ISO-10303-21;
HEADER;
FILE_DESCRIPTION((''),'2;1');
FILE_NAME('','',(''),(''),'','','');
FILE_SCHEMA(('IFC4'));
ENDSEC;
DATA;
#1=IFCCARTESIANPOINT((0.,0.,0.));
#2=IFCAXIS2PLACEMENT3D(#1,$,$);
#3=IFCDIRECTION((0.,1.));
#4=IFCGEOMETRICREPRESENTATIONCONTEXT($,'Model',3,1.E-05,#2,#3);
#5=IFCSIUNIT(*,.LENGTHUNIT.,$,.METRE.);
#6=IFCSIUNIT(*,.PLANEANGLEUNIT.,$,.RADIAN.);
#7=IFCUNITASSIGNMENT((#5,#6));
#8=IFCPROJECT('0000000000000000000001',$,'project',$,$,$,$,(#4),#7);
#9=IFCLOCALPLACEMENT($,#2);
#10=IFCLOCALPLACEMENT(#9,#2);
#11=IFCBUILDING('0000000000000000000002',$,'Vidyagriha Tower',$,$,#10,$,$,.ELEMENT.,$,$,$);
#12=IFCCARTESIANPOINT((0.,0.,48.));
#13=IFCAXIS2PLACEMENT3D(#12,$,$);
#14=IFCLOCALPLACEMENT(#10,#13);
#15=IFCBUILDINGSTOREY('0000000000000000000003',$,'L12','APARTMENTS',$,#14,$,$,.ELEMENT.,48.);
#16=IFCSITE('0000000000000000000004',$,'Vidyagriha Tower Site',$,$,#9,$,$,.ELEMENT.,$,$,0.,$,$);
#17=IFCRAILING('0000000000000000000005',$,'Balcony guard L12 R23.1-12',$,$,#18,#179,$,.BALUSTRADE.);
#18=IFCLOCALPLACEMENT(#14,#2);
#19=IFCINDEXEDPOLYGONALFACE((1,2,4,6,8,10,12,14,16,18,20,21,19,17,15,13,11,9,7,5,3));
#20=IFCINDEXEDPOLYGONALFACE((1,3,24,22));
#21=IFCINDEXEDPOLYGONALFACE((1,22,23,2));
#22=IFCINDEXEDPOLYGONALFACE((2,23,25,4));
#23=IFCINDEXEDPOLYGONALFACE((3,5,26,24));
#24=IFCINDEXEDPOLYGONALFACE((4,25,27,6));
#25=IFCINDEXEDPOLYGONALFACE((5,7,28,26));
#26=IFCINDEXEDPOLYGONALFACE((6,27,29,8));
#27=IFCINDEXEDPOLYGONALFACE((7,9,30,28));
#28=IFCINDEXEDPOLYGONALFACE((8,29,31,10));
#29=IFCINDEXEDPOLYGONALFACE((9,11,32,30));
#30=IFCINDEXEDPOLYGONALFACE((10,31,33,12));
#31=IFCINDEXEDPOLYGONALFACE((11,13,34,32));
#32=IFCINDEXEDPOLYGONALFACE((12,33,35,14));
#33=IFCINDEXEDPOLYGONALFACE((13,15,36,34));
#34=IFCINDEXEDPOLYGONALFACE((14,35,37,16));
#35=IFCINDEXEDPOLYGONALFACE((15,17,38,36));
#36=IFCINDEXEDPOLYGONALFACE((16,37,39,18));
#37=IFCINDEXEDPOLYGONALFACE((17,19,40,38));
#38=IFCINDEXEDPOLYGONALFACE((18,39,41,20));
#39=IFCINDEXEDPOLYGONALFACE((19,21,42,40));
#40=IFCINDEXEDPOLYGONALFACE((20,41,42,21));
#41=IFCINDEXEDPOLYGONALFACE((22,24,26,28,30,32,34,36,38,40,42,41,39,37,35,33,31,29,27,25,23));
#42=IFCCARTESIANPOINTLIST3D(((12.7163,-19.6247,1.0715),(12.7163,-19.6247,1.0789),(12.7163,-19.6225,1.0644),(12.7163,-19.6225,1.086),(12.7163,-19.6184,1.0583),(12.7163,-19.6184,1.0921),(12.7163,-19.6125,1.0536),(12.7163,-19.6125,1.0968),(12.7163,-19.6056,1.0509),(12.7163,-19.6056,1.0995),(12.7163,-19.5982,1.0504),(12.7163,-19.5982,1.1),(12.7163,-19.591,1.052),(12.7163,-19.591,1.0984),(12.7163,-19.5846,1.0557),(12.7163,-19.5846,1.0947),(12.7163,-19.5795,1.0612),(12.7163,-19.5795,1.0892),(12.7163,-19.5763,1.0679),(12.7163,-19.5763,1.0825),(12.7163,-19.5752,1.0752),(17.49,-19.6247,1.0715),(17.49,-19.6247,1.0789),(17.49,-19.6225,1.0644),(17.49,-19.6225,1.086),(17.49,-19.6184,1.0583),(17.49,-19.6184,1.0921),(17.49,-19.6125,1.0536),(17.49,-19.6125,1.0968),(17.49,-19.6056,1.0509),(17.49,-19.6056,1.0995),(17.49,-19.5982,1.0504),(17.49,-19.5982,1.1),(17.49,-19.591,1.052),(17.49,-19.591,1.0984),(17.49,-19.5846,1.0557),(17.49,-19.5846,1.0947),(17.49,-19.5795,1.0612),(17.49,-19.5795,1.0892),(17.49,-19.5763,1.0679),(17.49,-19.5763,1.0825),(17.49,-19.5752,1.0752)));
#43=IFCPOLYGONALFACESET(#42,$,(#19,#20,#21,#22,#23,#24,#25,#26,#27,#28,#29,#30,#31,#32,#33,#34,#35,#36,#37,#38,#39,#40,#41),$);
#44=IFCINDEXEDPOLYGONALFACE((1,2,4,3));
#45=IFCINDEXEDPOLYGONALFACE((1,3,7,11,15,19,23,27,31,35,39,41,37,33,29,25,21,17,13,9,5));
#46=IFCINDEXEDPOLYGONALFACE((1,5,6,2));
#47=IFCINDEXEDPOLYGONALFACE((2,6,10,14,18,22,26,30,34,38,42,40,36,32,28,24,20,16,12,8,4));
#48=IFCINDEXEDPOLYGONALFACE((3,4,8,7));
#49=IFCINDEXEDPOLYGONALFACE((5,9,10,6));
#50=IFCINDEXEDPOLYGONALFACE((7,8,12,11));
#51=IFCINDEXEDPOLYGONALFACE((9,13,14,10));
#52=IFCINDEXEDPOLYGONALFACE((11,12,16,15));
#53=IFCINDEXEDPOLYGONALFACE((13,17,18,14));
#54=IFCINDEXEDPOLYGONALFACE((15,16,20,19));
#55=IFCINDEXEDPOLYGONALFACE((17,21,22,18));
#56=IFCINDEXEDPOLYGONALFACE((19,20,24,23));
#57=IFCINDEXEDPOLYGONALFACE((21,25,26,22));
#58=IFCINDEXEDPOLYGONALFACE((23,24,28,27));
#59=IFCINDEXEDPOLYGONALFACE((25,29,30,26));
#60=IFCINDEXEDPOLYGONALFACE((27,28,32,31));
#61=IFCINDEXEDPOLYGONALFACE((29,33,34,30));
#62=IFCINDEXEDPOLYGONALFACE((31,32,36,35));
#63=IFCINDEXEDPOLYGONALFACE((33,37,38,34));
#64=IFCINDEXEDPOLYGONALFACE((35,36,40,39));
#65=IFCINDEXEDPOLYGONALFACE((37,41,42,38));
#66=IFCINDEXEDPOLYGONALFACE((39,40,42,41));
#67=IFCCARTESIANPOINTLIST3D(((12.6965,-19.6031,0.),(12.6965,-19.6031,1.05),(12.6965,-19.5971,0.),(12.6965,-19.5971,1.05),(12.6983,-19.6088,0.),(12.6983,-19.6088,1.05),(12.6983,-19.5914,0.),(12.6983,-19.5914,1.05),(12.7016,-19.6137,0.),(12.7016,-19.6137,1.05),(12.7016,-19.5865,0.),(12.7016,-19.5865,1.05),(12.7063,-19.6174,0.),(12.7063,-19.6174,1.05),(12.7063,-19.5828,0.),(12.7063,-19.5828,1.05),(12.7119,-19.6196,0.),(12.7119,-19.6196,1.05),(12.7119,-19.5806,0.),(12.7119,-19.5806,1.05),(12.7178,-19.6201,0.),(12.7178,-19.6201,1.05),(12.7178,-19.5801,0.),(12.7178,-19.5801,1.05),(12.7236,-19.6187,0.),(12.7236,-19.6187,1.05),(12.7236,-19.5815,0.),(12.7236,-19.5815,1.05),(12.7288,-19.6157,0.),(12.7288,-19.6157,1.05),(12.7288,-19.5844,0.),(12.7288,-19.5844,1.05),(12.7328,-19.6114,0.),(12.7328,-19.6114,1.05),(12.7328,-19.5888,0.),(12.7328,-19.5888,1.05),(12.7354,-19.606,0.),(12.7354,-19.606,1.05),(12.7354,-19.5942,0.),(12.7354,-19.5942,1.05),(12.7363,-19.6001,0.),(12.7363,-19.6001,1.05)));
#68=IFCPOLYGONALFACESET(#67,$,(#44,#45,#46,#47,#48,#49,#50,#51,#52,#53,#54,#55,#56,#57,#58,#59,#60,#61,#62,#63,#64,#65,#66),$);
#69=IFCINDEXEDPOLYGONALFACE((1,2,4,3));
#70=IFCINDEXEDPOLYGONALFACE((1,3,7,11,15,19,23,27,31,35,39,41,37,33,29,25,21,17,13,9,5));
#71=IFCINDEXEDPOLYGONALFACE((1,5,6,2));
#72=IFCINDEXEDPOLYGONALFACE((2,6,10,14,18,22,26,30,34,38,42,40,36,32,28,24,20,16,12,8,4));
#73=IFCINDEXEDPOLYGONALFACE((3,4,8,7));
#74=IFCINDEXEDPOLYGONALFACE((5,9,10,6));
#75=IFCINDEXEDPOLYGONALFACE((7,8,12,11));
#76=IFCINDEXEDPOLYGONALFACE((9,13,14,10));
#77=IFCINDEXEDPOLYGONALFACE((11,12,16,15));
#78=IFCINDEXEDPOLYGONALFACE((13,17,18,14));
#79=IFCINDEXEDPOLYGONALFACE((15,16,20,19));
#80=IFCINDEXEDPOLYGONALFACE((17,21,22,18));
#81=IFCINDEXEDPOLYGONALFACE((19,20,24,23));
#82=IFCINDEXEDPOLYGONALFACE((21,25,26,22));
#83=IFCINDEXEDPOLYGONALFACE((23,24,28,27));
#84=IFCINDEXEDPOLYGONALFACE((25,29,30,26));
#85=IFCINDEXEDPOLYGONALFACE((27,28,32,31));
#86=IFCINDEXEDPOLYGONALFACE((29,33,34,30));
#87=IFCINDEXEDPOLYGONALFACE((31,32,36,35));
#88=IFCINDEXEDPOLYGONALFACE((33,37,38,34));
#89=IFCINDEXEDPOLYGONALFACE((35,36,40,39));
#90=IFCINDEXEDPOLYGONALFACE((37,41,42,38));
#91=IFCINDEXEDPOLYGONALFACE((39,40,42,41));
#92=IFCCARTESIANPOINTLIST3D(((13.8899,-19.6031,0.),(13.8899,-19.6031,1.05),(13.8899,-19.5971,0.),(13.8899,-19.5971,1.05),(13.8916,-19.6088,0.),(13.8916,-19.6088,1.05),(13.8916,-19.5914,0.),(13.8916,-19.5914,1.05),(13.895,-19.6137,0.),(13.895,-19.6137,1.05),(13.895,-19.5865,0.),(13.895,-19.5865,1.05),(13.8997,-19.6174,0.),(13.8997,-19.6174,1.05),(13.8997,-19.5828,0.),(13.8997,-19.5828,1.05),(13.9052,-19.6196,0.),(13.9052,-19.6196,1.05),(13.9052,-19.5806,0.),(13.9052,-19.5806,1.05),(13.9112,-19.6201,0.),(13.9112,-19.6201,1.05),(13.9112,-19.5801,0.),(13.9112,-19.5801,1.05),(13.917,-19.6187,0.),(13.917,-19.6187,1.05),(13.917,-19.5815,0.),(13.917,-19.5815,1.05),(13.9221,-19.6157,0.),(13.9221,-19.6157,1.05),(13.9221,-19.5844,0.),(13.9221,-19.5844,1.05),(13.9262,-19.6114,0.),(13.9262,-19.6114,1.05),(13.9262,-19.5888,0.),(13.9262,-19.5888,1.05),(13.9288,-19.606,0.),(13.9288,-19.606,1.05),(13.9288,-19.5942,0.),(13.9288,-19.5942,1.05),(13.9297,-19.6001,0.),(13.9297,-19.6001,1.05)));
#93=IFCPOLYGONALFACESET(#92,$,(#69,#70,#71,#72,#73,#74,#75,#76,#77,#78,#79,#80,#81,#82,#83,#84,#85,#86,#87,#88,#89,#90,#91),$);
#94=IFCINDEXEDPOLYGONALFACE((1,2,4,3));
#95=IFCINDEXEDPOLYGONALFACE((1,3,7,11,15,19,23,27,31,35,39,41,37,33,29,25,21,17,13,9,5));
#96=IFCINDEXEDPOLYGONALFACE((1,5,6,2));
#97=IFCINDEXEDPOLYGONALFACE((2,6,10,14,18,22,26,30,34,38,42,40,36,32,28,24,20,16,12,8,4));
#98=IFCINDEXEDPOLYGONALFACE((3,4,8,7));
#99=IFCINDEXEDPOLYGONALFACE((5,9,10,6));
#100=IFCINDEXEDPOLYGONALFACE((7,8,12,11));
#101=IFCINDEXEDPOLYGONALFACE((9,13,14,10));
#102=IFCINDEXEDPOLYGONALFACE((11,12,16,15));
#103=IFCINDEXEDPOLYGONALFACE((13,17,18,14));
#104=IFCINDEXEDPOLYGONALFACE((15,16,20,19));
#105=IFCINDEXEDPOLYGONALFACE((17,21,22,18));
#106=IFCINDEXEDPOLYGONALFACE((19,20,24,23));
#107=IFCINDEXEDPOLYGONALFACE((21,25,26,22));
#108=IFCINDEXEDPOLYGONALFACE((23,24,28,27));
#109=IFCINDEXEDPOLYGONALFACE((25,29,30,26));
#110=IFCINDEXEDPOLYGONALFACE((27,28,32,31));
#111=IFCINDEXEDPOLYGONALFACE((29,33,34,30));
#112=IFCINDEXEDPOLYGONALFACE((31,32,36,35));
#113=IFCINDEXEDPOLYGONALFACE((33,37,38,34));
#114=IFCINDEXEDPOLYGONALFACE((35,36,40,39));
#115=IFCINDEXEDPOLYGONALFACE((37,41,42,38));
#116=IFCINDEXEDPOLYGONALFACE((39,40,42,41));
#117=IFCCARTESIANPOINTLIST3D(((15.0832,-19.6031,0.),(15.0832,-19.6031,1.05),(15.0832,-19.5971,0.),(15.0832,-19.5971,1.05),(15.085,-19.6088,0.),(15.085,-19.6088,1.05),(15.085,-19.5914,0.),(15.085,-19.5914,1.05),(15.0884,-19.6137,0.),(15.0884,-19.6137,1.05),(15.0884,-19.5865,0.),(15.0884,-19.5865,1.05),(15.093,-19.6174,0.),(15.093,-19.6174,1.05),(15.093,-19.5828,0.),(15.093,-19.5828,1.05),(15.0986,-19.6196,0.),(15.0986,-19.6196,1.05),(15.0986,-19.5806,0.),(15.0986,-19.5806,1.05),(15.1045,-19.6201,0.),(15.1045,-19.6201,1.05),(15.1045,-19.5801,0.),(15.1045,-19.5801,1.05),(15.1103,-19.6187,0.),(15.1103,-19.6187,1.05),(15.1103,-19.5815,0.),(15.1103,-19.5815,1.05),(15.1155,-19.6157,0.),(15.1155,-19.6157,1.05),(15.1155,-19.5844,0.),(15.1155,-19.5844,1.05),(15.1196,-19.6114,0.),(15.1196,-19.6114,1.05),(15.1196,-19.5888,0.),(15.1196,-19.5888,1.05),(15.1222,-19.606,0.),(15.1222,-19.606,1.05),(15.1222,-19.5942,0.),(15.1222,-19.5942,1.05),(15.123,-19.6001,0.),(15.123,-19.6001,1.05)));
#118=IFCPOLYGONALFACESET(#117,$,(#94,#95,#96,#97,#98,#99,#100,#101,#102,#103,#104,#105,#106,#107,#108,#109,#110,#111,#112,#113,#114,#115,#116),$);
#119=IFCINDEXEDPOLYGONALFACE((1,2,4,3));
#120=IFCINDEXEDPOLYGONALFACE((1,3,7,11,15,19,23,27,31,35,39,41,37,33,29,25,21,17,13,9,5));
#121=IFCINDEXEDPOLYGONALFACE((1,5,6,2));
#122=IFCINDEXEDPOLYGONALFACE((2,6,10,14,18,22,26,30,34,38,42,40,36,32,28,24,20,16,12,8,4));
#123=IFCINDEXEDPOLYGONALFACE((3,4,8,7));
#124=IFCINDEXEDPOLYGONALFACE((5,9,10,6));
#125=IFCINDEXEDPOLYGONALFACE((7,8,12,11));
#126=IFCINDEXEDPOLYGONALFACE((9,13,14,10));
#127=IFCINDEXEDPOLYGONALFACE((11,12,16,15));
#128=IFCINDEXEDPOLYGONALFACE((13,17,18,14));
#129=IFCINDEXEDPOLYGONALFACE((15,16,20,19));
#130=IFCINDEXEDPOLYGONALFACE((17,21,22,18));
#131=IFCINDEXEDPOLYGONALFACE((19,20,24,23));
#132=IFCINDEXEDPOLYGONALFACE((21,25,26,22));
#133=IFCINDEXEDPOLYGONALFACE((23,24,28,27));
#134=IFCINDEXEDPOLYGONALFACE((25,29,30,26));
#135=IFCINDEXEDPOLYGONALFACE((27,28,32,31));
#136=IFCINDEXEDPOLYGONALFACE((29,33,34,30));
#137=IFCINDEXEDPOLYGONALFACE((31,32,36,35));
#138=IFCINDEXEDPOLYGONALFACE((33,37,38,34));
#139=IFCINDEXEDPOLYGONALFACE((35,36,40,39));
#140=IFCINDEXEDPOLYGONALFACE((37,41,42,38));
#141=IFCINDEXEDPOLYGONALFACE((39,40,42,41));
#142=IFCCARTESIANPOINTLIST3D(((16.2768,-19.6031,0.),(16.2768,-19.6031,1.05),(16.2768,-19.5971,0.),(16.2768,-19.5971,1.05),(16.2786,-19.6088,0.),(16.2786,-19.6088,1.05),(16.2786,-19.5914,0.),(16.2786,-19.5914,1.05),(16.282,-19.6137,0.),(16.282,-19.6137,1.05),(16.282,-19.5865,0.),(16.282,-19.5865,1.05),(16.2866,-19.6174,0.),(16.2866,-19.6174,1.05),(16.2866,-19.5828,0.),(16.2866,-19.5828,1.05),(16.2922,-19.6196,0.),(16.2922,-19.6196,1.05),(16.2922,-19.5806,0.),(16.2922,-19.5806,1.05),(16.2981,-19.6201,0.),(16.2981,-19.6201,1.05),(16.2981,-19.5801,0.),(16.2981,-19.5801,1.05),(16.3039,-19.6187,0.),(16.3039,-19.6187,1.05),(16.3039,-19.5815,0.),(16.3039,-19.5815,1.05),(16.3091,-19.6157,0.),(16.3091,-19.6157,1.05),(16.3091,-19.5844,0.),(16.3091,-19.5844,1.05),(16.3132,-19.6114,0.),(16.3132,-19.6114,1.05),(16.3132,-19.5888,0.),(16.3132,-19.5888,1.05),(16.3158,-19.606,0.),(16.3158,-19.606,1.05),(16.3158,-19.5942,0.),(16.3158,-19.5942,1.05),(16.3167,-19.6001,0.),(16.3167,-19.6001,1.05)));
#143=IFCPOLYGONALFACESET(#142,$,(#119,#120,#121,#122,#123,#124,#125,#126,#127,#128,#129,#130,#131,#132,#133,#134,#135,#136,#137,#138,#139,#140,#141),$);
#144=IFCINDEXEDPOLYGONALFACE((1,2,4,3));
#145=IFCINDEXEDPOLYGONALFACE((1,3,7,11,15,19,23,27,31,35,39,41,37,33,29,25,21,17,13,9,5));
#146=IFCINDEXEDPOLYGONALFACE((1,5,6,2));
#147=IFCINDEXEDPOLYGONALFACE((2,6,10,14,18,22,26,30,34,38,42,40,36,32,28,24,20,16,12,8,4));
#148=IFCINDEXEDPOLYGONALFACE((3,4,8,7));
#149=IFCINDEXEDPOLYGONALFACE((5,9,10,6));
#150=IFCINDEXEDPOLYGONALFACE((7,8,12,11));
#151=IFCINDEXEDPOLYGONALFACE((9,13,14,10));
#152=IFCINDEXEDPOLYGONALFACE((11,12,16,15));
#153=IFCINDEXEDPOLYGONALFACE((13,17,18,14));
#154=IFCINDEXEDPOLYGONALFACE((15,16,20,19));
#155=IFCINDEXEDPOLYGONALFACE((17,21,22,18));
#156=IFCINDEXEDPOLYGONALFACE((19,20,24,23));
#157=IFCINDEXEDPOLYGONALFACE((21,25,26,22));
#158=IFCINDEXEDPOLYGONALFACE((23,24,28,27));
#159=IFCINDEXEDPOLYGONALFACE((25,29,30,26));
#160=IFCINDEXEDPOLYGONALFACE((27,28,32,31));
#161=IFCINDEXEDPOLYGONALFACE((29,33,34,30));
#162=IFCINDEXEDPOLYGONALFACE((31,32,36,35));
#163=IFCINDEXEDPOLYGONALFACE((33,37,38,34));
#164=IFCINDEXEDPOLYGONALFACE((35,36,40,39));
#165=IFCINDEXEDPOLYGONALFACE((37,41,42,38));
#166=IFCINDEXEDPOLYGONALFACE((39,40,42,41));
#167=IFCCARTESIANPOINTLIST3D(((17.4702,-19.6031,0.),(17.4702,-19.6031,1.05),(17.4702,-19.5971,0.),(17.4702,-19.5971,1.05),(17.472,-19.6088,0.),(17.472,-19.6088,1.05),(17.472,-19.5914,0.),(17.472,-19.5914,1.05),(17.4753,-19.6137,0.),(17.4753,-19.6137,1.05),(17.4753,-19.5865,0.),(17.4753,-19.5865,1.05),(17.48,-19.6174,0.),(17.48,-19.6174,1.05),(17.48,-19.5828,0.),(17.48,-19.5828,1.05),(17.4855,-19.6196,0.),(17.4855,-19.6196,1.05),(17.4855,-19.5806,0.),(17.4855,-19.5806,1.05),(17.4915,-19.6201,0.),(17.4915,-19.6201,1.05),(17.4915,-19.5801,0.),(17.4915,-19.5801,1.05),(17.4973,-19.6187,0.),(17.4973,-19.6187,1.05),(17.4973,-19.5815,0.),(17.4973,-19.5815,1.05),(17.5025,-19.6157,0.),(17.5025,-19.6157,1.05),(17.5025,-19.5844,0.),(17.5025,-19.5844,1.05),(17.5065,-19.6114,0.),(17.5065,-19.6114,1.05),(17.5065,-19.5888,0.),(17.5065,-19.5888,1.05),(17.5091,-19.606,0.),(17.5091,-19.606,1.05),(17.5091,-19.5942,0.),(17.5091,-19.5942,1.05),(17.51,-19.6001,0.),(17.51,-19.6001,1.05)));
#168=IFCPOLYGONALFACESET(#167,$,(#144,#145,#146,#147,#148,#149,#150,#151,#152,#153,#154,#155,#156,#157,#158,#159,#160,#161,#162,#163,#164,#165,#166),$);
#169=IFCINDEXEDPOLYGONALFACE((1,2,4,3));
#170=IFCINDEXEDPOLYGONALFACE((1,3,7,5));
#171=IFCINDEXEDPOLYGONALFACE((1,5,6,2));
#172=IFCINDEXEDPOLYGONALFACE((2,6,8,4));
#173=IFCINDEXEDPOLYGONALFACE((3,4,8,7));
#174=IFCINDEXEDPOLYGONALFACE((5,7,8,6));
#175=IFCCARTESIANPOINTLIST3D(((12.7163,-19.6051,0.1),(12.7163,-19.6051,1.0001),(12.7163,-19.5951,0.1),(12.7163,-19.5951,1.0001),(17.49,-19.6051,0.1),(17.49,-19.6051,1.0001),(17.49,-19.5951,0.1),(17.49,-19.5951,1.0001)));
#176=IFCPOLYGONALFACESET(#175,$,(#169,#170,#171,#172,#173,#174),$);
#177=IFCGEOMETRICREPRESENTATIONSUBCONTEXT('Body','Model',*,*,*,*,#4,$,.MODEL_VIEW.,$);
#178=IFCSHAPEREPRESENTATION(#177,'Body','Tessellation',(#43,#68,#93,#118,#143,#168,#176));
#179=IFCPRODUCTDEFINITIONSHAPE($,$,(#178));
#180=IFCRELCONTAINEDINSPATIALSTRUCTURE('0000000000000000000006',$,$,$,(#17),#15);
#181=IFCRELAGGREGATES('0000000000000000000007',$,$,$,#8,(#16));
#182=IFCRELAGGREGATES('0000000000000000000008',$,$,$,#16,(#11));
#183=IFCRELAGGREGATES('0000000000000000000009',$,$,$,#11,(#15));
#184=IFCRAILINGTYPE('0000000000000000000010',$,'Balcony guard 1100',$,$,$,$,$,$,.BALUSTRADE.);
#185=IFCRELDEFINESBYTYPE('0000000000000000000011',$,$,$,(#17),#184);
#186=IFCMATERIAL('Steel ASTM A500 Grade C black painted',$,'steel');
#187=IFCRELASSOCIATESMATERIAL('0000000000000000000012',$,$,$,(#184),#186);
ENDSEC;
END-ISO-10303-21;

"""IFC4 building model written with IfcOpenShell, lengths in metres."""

from ifc_helpers import new_model, si_unit, direction, frame, origin, origin_2d, place, context, subcontext, project, spatial, rectangle, circle, extrude, material, type_object, element, save


model = new_model("IFC4")

# Units and contexts
model_context = context("Model", 3, precision=1e-05, world=origin(), true_north=direction((0.0, 1.0)))
body_context = subcontext(model_context, "Body", "Model", "MODEL_VIEW")
ifc_project = project(units=[si_unit("LENGTHUNIT", "METRE"), si_unit("PLANEANGLEUNIT", "RADIAN")], contexts=[model_context])

# Site, building, storey
site_placement = place(None, origin())
site = spatial("IfcSite", under=ifc_project, at=site_placement, Name="Vidyagriha Tower Site", CompositionType="ELEMENT", RefElevation=0.0)
building_placement = place(site_placement, origin())
building = spatial("IfcBuilding", under=site, at=building_placement, Name="Vidyagriha Tower", CompositionType="ELEMENT")
storey_placement = place(building_placement, frame((0.0, 0.0, 48.0)))
storey = spatial("IfcBuildingStorey", under=building, at=storey_placement, Name="L12", Description="APARTMENTS", CompositionType="ELEMENT", Elevation=48.0)

# Railing
ifc_material_1 = material(Name="Steel ASTM A500 Grade C black painted", Category="steel")
railing_type = type_object("IfcRailingType", Name="Balcony guard 1100", PredefinedType="BALUSTRADE", material=ifc_material_1)
railing_1_placement = place(storey_placement, frame((12.7163, -19.6001, 0.0)))
element("IfcRailing", 1, at=railing_1_placement, inside=storey, type_object=railing_type, Name="Balcony guard L12 R23.1-12", PredefinedType="BALUSTRADE", context=body_context, shape_type="SweptSolid", body=[
    extrude(circle(Radius=0.0249, at=origin_2d()), frame((0.0, 0.0, 1.0752), z_axis=(1.0, 0.0, 0.0), x_axis=(0.0, 1.0, 0.0)), (0.0, 0.0, 1.0), 4.7737),
    extrude(circle(Radius=0.02, at=origin_2d()), origin(), (0.0, 0.0, 1.0), 1.05),
    extrude(circle(Radius=0.02, at=origin_2d()), frame((1.1934, 0.0, 0.0)), (0.0, 0.0, 1.0), 1.05),
    extrude(circle(Radius=0.02, at=origin_2d()), frame((2.3867, 0.0, 0.0)), (0.0, 0.0, 1.0), 1.05),
    extrude(circle(Radius=0.02, at=origin_2d()), frame((3.5803, 0.0, 0.0)), (0.0, 0.0, 1.0), 1.05),
    extrude(circle(Radius=0.02, at=origin_2d()), frame((4.7737, 0.0, 0.0)), (0.0, 0.0, 1.0), 1.05),
    extrude(rectangle(XDim=0.01, YDim=0.9001, at=origin_2d()), frame((0.0, 0.0, 0.55), z_axis=(1.0, 0.0, 0.0), x_axis=(0.0, 1.0, 0.0)), (0.0, 0.0, 1.0), 4.7737),
])

save(model, "model.ifc")
